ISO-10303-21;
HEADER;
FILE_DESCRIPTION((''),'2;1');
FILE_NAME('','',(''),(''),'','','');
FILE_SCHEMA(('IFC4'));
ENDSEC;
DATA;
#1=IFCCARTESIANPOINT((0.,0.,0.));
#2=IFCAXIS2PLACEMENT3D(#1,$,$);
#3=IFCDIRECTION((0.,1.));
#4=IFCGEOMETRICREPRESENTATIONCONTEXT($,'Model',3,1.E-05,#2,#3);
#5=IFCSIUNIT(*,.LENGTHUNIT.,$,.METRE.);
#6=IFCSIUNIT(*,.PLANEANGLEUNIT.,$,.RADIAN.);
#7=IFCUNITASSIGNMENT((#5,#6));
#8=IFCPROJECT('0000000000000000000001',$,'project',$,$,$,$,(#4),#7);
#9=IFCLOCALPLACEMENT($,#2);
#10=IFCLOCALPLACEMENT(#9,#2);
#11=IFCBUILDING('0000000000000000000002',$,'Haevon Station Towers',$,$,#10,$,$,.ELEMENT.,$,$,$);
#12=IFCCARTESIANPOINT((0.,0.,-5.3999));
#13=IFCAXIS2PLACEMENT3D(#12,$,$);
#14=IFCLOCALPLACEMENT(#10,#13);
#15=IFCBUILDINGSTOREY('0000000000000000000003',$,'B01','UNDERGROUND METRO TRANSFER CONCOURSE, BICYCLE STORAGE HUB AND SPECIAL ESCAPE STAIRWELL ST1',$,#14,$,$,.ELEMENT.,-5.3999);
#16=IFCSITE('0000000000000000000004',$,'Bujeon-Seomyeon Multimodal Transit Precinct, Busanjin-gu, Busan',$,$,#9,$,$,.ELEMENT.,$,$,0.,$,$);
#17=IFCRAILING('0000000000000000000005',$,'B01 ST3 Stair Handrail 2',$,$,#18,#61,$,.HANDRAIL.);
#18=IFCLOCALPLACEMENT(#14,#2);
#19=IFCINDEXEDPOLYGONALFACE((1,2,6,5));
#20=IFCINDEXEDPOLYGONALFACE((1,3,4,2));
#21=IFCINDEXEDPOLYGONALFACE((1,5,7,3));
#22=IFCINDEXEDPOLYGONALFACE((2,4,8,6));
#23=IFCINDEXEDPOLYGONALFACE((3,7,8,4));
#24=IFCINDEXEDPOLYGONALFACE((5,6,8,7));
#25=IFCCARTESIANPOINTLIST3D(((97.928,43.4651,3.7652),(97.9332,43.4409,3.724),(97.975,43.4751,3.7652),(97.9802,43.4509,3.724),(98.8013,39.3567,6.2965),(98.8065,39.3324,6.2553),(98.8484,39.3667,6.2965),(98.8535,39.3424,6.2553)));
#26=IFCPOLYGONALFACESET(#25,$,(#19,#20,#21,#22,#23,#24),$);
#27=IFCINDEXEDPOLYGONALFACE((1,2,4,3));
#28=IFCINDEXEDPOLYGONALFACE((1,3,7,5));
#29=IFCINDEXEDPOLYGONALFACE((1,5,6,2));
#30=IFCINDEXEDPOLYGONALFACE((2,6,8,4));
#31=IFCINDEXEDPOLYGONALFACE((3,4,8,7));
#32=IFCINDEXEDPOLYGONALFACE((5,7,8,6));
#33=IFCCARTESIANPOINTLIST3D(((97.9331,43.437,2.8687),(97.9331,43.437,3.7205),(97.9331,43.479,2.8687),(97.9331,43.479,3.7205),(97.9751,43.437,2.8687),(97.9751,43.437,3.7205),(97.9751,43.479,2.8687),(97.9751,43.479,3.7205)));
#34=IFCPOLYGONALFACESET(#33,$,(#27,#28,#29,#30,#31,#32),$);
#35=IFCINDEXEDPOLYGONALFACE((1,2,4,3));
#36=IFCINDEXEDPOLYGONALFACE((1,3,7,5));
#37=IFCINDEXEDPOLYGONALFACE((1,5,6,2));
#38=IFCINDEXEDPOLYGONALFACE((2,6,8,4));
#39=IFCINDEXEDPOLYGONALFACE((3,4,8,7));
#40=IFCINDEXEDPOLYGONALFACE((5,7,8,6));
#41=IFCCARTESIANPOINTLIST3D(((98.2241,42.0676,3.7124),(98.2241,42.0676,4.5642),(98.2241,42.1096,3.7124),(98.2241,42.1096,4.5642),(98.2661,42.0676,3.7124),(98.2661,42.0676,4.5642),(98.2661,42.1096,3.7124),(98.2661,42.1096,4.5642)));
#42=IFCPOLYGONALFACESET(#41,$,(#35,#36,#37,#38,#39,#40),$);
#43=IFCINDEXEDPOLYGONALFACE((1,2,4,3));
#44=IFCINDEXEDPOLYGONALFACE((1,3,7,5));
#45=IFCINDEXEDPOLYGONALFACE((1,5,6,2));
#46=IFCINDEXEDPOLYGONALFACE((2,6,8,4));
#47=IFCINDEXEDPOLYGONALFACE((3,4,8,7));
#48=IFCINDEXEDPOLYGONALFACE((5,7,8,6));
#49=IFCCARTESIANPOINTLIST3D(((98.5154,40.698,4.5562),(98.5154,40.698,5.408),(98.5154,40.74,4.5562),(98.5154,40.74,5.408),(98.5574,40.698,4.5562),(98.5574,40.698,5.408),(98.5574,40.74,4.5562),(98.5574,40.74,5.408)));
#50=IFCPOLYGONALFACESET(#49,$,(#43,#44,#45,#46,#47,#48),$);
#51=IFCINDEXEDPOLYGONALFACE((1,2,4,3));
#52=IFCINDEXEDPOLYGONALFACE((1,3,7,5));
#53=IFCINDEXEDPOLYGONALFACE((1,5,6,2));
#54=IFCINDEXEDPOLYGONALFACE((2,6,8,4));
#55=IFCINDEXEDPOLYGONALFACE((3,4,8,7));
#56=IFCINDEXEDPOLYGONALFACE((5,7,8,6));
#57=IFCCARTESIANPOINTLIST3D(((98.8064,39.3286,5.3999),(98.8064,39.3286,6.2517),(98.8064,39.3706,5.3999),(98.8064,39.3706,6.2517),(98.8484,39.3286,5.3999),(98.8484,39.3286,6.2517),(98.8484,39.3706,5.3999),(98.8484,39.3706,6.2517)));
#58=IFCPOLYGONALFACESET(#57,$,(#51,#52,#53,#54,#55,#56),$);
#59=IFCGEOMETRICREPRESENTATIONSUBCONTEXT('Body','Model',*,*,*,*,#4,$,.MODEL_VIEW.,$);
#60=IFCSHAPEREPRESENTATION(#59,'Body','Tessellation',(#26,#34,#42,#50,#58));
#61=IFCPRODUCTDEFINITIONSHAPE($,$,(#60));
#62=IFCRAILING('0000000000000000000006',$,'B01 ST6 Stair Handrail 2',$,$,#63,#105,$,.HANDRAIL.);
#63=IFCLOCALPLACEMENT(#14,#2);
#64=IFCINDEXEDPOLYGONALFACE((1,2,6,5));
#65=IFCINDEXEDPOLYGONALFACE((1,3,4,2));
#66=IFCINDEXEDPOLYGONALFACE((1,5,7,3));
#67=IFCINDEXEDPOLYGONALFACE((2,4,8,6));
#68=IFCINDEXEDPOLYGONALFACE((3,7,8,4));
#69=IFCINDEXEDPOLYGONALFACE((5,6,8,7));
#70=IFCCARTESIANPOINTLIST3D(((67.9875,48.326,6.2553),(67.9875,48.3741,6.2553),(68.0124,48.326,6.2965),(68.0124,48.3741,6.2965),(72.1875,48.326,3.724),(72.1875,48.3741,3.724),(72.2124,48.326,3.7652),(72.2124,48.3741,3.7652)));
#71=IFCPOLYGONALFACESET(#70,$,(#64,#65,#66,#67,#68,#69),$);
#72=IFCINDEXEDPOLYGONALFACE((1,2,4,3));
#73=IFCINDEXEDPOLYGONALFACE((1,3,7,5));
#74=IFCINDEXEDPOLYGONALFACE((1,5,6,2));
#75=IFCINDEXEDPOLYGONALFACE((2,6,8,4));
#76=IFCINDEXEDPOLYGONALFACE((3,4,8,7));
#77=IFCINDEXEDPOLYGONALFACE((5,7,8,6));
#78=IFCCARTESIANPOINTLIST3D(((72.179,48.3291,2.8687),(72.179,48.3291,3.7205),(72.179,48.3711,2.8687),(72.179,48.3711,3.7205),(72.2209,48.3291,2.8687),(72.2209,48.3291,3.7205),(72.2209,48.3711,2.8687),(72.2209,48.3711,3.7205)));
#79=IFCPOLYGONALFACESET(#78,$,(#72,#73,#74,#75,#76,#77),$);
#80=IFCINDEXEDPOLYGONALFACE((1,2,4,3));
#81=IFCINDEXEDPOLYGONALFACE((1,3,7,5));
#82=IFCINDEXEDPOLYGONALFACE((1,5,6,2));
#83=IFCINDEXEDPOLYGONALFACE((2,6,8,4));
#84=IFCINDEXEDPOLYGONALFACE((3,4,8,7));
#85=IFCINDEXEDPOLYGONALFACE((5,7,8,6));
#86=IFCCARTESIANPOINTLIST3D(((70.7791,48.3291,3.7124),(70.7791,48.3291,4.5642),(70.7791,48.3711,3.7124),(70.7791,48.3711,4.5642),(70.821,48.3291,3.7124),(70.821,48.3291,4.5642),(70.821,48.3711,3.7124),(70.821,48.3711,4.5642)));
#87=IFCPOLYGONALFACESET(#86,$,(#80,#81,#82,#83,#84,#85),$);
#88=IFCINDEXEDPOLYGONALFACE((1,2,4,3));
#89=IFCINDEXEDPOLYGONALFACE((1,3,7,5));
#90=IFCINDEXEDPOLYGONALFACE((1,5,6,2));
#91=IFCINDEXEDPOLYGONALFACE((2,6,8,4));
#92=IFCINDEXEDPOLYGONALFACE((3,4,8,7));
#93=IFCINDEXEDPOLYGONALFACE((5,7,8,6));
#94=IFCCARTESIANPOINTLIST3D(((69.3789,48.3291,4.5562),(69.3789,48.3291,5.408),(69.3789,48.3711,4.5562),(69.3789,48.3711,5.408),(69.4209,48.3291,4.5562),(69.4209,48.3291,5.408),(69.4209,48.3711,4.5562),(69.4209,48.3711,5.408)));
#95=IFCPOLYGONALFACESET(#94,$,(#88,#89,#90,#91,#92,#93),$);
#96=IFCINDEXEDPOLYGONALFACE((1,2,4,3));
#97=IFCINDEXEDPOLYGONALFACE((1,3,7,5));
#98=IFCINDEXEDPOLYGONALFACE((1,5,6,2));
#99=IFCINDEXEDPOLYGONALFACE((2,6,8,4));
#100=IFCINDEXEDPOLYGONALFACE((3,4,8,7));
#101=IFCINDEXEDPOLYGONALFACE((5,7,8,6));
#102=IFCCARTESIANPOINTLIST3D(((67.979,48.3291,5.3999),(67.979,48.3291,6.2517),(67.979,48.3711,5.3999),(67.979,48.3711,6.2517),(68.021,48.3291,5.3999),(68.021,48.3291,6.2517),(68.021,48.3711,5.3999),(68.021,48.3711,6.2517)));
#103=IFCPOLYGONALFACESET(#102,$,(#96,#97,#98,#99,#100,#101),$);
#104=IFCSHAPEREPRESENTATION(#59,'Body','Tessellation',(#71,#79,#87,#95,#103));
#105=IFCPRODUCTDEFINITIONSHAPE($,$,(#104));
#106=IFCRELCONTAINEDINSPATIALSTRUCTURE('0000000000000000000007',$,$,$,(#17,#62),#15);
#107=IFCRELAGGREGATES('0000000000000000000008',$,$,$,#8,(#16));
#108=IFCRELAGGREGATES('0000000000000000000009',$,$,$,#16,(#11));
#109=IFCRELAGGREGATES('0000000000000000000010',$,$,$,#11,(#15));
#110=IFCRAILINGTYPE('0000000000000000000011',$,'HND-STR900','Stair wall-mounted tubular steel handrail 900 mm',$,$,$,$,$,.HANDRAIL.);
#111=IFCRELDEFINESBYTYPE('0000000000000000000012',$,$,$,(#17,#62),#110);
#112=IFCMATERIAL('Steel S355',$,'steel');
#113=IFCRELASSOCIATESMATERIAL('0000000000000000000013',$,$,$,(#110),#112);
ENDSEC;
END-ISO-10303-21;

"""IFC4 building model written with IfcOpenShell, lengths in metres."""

from ifc_helpers import new_model, si_unit, direction, frame, origin, origin_2d, place, context, subcontext, project, spatial, rectangle, extrude, material, type_object, element, save


model = new_model("IFC4")

# Units and contexts
model_context = context("Model", 3, precision=1e-05, world=origin(), true_north=direction((0.0, 1.0)))
body_context = subcontext(model_context, "Body", "Model", "MODEL_VIEW")
ifc_project = project(units=[si_unit("LENGTHUNIT", "METRE"), si_unit("PLANEANGLEUNIT", "RADIAN")], contexts=[model_context])

# Site, building, storey
site_placement = place(None, origin())
site = spatial("IfcSite", under=ifc_project, at=site_placement, Name="Bujeon-Seomyeon Multimodal Transit Precinct, Busanjin-gu, Busan", CompositionType="ELEMENT", RefElevation=0.0)
building_placement = place(site_placement, origin())
building = spatial("IfcBuilding", under=site, at=building_placement, Name="Haevon Station Towers", CompositionType="ELEMENT")
storey_placement = place(building_placement, frame((0.0, 0.0, -5.3999)))
storey = spatial("IfcBuildingStorey", under=building, at=storey_placement, Name="B01", Description="UNDERGROUND METRO TRANSFER CONCOURSE, BICYCLE STORAGE HUB AND SPECIAL ESCAPE STAIRWELL ST1", CompositionType="ELEMENT", Elevation=-5.3999)

# Shared definitions
ifc_material_1 = material(Name="Steel S355", Category="steel")

# Railings
railing_type_1 = type_object("IfcRailingType", Name="HND-STR900", Description="Stair wall-mounted tubular steel handrail 900 mm", PredefinedType="HANDRAIL", material=ifc_material_1)
railing_1_placement = place(storey_placement, frame((97.9541, 43.458, 2.8687)))
element("IfcRailing", 1, at=railing_1_placement, inside=storey, type_object=railing_type_1, Name="B01 ST3 Stair Handrail 2", PredefinedType="HANDRAIL", context=body_context, shape_type="SweptSolid", body=[
    extrude(rectangle(XDim=0.0481, YDim=0.0481, at=origin_2d()), frame((0.0, 0.0, 0.876), z_axis=(0.178079, -0.837772, 0.516165), x_axis=(0.978146, 0.207917, 0.0)), (0.0, 0.0, 1.0), 4.9041),
    extrude(rectangle(XDim=0.042, YDim=0.042, at=origin_2d()), origin(), (0.0, 0.0, 1.0), 0.8518),
    extrude(rectangle(XDim=0.042, YDim=0.042, at=origin_2d()), frame((0.291, -1.3694, 0.8438)), (0.0, 0.0, 1.0), 0.8518),
    extrude(rectangle(XDim=0.042, YDim=0.042, at=origin_2d()), frame((0.5823, -2.739, 1.6875)), (0.0, 0.0, 1.0), 0.8518),
    extrude(rectangle(XDim=0.042, YDim=0.042, at=origin_2d()), frame((0.8733, -4.1084, 2.5312)), (0.0, 0.0, 1.0), 0.8518),
])
railing_2_placement = place(storey_placement, frame((72.2, 48.3501, 2.8687)))
element("IfcRailing", 2, at=railing_2_placement, inside=storey, type_object=railing_type_1, Name="B01 ST6 Stair Handrail 2", PredefinedType="HANDRAIL", context=body_context, shape_type="SweptSolid", body=[
    extrude(rectangle(XDim=0.0481, YDim=0.0481, at=origin_2d()), frame((0.0, 0.0, 0.876), z_axis=(-0.856476, 0.0, 0.516186), x_axis=(0.0, -1.0, 0.0)), (0.0, 0.0, 1.0), 4.9038),
    extrude(rectangle(XDim=0.042, YDim=0.042, at=origin_2d()), origin(), (0.0, 0.0, 1.0), 0.8518),
    extrude(rectangle(XDim=0.042, YDim=0.042, at=origin_2d()), frame((-1.3999, 0.0, 0.8438)), (0.0, 0.0, 1.0), 0.8518),
    extrude(rectangle(XDim=0.042, YDim=0.042, at=origin_2d()), frame((-2.8, 0.0, 1.6875)), (0.0, 0.0, 1.0), 0.8518),
    extrude(rectangle(XDim=0.042, YDim=0.042, at=origin_2d()), frame((-4.2, 0.0, 2.5312)), (0.0, 0.0, 1.0), 0.8518),
])

save(model, "model.ifc")
